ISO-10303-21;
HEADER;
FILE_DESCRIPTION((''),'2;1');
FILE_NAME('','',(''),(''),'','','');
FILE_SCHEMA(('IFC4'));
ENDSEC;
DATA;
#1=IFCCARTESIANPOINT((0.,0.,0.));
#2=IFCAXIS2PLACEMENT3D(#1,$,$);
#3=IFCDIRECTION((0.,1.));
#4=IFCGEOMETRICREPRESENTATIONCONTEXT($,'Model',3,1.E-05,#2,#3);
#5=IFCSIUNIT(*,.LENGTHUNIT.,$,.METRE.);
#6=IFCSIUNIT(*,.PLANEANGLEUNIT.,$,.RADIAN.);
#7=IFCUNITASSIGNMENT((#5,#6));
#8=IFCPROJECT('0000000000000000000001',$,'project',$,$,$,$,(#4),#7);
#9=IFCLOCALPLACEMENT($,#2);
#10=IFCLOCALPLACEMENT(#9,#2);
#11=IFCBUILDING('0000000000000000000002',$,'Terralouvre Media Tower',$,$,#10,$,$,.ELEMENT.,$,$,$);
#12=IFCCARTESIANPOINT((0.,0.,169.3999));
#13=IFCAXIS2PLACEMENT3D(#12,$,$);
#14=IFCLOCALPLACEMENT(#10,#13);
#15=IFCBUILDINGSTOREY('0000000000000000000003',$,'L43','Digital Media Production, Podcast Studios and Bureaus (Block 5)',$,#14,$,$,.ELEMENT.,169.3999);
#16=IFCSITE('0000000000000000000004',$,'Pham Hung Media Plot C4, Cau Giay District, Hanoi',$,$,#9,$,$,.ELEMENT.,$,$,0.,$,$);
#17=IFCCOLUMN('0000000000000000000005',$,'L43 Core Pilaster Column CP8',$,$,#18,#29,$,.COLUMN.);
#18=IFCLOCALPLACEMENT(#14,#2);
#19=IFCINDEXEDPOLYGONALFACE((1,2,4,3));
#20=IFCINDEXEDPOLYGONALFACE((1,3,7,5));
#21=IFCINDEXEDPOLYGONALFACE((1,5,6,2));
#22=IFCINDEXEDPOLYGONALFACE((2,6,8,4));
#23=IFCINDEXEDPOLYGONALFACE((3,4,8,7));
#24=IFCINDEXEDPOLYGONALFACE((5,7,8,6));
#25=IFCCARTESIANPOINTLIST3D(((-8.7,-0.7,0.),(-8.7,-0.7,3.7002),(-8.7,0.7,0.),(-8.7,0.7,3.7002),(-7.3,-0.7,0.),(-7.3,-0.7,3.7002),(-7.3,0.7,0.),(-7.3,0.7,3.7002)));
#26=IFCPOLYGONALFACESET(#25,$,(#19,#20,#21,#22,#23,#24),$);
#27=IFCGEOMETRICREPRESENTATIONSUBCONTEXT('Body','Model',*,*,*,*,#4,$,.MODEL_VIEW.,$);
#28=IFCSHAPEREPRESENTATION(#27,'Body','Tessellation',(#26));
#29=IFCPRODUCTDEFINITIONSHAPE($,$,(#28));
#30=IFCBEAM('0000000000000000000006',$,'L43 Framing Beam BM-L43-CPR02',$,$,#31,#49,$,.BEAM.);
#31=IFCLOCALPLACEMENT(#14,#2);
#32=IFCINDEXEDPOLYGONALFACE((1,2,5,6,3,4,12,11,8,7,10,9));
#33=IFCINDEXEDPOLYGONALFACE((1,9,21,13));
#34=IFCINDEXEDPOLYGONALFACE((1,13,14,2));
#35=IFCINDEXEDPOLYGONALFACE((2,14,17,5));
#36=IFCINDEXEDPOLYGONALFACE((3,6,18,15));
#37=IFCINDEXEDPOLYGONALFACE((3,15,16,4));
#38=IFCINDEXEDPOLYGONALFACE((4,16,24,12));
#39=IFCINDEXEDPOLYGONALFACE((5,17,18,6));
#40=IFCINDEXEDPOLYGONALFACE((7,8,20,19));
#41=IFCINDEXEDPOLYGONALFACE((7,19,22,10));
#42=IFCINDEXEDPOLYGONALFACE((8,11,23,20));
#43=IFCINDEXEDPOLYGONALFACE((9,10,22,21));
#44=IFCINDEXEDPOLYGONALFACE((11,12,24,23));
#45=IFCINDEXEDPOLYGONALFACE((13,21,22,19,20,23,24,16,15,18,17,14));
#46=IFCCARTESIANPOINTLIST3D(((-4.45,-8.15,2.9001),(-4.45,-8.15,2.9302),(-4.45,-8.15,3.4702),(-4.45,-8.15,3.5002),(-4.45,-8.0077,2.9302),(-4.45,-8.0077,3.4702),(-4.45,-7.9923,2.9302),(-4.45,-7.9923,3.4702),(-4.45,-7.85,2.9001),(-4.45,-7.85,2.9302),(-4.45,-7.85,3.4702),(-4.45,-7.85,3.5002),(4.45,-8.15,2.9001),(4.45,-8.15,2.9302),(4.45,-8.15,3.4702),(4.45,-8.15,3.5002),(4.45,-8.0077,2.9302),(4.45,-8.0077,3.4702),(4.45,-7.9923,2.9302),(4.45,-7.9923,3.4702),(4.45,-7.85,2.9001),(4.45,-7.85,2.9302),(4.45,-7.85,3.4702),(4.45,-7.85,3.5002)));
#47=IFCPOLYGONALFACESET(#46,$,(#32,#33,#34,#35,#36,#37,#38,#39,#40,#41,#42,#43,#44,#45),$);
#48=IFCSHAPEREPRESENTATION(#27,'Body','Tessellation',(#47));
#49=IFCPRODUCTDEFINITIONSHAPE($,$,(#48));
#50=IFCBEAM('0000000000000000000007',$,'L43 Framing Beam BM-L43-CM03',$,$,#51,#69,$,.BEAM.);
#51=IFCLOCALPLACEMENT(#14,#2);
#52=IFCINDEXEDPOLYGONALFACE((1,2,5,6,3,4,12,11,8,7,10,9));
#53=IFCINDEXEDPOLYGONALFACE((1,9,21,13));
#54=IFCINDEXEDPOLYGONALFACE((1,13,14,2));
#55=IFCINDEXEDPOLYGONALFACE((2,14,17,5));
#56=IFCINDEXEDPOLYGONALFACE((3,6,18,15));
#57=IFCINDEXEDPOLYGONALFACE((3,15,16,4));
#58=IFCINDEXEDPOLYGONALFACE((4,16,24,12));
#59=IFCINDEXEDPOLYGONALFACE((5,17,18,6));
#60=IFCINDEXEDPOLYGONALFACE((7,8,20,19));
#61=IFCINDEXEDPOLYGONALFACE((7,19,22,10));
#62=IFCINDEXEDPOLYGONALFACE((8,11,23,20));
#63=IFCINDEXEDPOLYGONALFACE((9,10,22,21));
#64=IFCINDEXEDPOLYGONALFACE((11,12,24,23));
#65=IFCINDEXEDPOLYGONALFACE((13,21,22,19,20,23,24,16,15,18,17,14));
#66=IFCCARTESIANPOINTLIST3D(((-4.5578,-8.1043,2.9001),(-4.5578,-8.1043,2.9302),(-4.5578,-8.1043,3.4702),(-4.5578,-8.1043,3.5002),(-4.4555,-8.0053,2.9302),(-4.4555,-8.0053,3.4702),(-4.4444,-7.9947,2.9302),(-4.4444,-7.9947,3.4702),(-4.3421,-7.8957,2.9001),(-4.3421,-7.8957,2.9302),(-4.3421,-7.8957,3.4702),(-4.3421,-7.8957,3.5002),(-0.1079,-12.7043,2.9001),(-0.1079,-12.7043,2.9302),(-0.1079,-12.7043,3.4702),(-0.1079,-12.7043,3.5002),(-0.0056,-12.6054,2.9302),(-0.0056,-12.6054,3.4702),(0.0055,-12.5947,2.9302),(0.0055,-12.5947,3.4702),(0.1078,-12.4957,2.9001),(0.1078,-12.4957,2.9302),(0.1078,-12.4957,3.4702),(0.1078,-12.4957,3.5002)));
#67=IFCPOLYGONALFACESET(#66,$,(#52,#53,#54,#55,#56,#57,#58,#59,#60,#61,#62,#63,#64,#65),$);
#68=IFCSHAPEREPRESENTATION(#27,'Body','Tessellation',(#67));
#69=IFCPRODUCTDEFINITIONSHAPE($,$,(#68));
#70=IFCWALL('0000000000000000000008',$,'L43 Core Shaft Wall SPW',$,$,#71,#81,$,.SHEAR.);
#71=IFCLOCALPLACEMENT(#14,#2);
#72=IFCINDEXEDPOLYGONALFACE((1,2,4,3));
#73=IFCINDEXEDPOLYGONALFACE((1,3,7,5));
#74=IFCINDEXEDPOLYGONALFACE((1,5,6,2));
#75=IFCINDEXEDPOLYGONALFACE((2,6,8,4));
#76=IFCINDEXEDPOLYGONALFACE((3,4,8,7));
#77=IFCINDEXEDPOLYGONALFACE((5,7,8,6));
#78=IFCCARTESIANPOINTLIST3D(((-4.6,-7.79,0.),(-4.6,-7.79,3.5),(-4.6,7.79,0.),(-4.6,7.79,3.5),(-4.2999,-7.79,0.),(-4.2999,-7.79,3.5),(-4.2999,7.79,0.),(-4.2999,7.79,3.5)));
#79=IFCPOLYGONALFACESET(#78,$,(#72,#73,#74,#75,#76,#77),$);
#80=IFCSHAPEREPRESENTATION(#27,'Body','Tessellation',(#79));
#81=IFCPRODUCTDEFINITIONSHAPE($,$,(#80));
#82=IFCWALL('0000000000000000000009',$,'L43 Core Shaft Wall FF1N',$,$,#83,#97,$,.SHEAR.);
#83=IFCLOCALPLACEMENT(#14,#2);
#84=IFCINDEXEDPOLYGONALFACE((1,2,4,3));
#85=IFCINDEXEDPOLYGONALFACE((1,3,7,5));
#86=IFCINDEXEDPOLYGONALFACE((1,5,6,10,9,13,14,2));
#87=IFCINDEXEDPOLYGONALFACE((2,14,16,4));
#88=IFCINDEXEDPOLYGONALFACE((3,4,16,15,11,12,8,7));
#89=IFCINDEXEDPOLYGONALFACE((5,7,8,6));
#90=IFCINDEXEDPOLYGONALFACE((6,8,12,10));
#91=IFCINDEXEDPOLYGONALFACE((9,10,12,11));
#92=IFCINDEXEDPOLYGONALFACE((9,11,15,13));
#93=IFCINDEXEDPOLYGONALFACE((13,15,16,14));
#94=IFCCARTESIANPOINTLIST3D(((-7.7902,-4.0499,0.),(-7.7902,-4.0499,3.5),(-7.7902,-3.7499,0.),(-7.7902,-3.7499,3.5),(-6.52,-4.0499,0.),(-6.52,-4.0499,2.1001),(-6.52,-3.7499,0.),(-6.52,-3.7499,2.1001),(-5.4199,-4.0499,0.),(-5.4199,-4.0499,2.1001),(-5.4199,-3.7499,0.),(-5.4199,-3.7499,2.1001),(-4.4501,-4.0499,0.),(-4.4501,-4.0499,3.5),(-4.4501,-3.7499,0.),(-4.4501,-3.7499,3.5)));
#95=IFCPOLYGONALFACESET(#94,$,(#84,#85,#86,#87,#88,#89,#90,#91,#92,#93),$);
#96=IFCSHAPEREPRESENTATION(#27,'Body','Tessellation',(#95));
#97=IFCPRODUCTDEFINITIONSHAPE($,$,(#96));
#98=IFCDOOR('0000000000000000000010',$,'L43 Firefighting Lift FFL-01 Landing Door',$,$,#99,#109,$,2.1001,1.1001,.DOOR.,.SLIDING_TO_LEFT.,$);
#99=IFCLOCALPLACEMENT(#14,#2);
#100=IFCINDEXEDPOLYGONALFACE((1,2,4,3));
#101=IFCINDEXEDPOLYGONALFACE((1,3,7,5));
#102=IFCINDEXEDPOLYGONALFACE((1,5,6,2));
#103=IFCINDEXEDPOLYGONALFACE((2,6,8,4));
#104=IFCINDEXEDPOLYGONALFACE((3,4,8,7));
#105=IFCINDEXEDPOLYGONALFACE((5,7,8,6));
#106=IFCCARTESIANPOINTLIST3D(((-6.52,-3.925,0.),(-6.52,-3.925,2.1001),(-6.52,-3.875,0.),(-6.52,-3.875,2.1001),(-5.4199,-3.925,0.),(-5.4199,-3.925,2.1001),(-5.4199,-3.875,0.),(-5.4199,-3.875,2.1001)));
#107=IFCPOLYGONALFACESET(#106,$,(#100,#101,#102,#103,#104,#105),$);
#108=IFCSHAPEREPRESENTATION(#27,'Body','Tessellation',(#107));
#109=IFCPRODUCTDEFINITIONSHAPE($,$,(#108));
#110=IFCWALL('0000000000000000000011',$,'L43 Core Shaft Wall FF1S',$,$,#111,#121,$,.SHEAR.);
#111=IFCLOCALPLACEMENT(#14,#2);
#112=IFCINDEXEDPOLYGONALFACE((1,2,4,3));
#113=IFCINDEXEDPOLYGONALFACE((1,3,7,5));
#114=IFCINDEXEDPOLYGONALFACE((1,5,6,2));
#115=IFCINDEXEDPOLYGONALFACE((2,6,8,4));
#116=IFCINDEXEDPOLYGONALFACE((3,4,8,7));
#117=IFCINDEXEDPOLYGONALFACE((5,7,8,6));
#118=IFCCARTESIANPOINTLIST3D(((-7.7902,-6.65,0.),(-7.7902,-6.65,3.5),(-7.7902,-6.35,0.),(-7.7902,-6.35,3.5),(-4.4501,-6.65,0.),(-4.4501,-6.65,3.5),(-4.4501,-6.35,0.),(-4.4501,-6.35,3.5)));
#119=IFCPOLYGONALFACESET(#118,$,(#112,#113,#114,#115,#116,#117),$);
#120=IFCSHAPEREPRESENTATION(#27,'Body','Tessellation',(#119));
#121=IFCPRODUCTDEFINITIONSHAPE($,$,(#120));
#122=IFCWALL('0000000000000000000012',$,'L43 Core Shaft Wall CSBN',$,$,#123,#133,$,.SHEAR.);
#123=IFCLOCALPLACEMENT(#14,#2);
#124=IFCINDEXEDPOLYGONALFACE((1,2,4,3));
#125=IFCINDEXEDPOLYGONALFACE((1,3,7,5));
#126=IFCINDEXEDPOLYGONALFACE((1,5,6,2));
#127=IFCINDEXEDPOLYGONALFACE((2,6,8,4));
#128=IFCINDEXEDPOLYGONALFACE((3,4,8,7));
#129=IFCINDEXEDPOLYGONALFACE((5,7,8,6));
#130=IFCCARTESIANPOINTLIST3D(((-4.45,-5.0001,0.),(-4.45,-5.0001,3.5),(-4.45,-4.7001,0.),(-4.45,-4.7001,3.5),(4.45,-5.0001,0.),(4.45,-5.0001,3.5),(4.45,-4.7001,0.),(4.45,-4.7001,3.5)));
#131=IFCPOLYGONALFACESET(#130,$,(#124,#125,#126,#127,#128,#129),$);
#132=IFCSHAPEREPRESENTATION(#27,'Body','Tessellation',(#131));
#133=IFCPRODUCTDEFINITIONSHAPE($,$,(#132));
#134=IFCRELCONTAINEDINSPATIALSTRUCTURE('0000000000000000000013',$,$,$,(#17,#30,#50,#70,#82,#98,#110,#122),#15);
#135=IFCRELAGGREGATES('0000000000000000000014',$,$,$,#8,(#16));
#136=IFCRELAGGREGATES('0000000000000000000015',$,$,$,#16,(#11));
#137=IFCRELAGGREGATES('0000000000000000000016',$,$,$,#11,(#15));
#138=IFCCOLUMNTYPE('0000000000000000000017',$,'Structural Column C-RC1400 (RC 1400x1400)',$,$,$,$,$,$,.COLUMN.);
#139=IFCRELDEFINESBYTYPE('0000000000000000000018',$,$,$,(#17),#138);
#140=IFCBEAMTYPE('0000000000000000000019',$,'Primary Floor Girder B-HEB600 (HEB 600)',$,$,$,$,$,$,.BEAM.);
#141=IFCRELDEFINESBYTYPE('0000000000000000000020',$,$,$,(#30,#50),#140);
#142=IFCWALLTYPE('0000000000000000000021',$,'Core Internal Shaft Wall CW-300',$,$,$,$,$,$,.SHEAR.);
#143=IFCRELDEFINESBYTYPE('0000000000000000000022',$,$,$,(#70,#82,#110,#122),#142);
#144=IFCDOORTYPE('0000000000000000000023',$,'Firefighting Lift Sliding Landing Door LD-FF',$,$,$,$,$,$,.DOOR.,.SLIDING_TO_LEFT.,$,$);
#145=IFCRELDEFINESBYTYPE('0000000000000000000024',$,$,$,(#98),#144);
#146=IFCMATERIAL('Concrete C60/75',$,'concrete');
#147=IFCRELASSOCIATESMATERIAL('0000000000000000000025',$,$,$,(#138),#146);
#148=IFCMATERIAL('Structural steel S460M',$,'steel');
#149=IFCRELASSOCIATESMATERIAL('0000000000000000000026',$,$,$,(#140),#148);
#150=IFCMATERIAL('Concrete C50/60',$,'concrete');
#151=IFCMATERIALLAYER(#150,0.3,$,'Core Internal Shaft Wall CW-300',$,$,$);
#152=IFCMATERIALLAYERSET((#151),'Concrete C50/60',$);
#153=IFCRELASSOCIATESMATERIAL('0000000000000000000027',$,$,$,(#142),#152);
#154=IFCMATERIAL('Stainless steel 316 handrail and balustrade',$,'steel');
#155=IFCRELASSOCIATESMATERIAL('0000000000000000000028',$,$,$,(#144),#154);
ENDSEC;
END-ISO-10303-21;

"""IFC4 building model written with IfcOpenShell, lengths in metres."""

from ifc_helpers import new_model, si_unit, direction, frame, frame_2d, origin, origin_2d, place, context, subcontext, project, spatial, rectangle, i_section, extrude, material, layer, layer_set, material_profile, profile_set, type_object, element, fill, save


model = new_model("IFC4")

# Units and contexts
model_context = context("Model", 3, precision=1e-05, world=origin(), true_north=direction((0.0, 1.0)))
body_context = subcontext(model_context, "Body", "Model", "MODEL_VIEW")
ifc_project = project(units=[si_unit("LENGTHUNIT", "METRE"), si_unit("PLANEANGLEUNIT", "RADIAN")], contexts=[model_context])

# Site, building, storey
site_placement = place(None, origin())
site = spatial("IfcSite", under=ifc_project, at=site_placement, Name="Pham Hung Media Plot C4, Cau Giay District, Hanoi", CompositionType="ELEMENT", RefElevation=0.0)
building_placement = place(site_placement, origin())
building = spatial("IfcBuilding", under=site, at=building_placement, Name="Terralouvre Media Tower", CompositionType="ELEMENT")
storey_placement = place(building_placement, frame((0.0, 0.0, 169.3999)))
storey = spatial("IfcBuildingStorey", under=building, at=storey_placement, Name="L43", Description="Digital Media Production, Podcast Studios and Bureaus (Block 5)", CompositionType="ELEMENT", Elevation=169.3999)

# Column
ifc_material_1 = material(Name="Concrete C60/75", Category="concrete")
ifc_material_profile_1 = material_profile(ifc_material_1, rectangle(XDim=1.3999, YDim=1.3999, at=origin_2d()), Name="RC 1400x1400")
ifc_profile_set_1 = profile_set([ifc_material_profile_1], Name="Concrete C60/75")
column_type = type_object("IfcColumnType", Name="Structural Column C-RC1400 (RC 1400x1400)", PredefinedType="COLUMN", material=ifc_profile_set_1)
column_placement = place(storey_placement, frame((-8.0, 0.0, 0.0), z_axis=(0.0, 0.0, 1.0), x_axis=(1.0, 0.0, 0.0)))
element("IfcColumn", 1, at=column_placement, inside=storey, type_object=column_type, Name="L43 Core Pilaster Column CP8", PredefinedType="COLUMN", context=body_context, shape_type="SweptSolid", body=[
    extrude(rectangle(XDim=1.3999, YDim=1.3999, at=origin_2d()), origin(), (0.0, 0.0, 1.0), 3.7002),
])

# Beams
ifc_material_2 = material(Name="Structural steel S460M", Category="steel")
ifc_material_profile_2 = material_profile(ifc_material_2, i_section(OverallWidth=0.3, OverallDepth=0.6001, WebThickness=0.0154, FlangeThickness=0.03, at=origin_2d()), Name="HEB 600")
ifc_profile_set_2 = profile_set([ifc_material_profile_2], Name="Structural steel S460M")
beam_type = type_object("IfcBeamType", Name="Primary Floor Girder B-HEB600 (HEB 600)", PredefinedType="BEAM", material=ifc_profile_set_2)
beam_1_placement = place(storey_placement, frame((-4.45, -8.0, 3.2002), z_axis=(1.0, 0.0, 0.0), x_axis=(0.0, 1.0, 0.0)))
element("IfcBeam", 2, at=beam_1_placement, inside=storey, type_object=beam_type, Name="L43 Framing Beam BM-L43-CPR02", PredefinedType="BEAM", context=body_context, shape_type="SweptSolid", body=[
    extrude(i_section(OverallWidth=0.3, OverallDepth=0.6001, WebThickness=0.0154, FlangeThickness=0.03, at=origin_2d()), origin(), (0.0, 0.0, 1.0), 8.8999),
])
beam_2_placement = place(storey_placement, frame((-4.45, -8.0, 3.2002), z_axis=(0.69528, -0.718739, 0.0), x_axis=(0.718739, 0.69528, 0.0)))
element("IfcBeam", 3, at=beam_2_placement, inside=storey, type_object=beam_type, Name="L43 Framing Beam BM-L43-CM03", PredefinedType="BEAM", context=body_context, shape_type="SweptSolid", body=[
    extrude(i_section(OverallWidth=0.3, OverallDepth=0.6001, WebThickness=0.0154, FlangeThickness=0.03, at=origin_2d()), origin(), (0.0, 0.0, 1.0), 6.4001),
])

# Wall
ifc_material_3 = material(Name="Concrete C50/60", Category="concrete")
ifc_layer_1 = layer(ifc_material_3, 0.3, Name="Core Internal Shaft Wall CW-300")
ifc_layer_set_1 = layer_set([ifc_layer_1], Name="Concrete C50/60")
wall_type_1 = type_object("IfcWallType", Name="Core Internal Shaft Wall CW-300", PredefinedType="SHEAR", material=ifc_layer_set_1)
wall_1_placement = place(storey_placement, frame((-4.45, -7.79, 0.0), z_axis=(0.0, 0.0, 1.0), x_axis=(0.0, 1.0, 0.0)))
element("IfcWall", 4, at=wall_1_placement, inside=storey, type_object=wall_type_1, Name="L43 Core Shaft Wall SPW", PredefinedType="SHEAR", context=body_context, shape_type="SweptSolid", body=[
    extrude(rectangle(XDim=15.5801, YDim=0.3, at=frame_2d((7.79, 0.0))), origin(), (0.0, 0.0, 1.0), 3.5),
])

# Wall, opening, door
wall_2_placement = place(storey_placement, frame((-7.79, -3.8999, 0.0), z_axis=(0.0, 0.0, 1.0), x_axis=(1.0, 0.0, 0.0)))
wall_2 = element("IfcWall", 5, at=wall_2_placement, inside=storey, type_object=wall_type_1, Name="L43 Core Shaft Wall FF1N", PredefinedType="SHEAR", context=body_context, shape_type="SweptSolid", body=[
    extrude(rectangle(XDim=3.3401, YDim=0.3, at=frame_2d((1.6699, 0.0))), origin(), (0.0, 0.0, 1.0), 3.5),
])
opening_1_placement = place(wall_2_placement, frame((1.27, 0.0, 0.0)))
opening_1 = element("IfcOpeningElement", 6, at=opening_1_placement, cuts=wall_2, PredefinedType="OPENING", context=body_context, shape_type="SweptSolid", body=[
    extrude(rectangle(XDim=1.1001, YDim=2.1001, at=frame_2d((0.55, 1.05))), frame((0.0, 0.1599, 0.0), z_axis=(0.0, -1.0, 0.0), x_axis=(1.0, 0.0, 0.0)), (0.0, 0.0, 1.0), 0.3201),
])
ifc_material_4 = material(Name="Stainless steel 316 handrail and balustrade", Category="steel")
door_type_1 = type_object("IfcDoorType", Name="Firefighting Lift Sliding Landing Door LD-FF", OperationType="SLIDING_TO_LEFT", PredefinedType="DOOR", material=ifc_material_4)
door_1_placement = place(opening_1_placement, origin())
door_1 = element("IfcDoor", 7, at=door_1_placement, inside=storey, type_object=door_type_1, Name="L43 Firefighting Lift FFL-01 Landing Door", OperationType="SLIDING_TO_LEFT", OverallHeight=2.1001, OverallWidth=1.1001, PredefinedType="DOOR", context=body_context, shape_type="SweptSolid", body=[
    extrude(rectangle(XDim=1.1001, YDim=2.1001, at=frame_2d((0.55, 1.05))), frame((0.0, 0.0249, 0.0), z_axis=(0.0, -1.0, 0.0), x_axis=(1.0, 0.0, 0.0)), (0.0, 0.0, 1.0), 0.05),
])
fill(opening_1, door_1)

# Walls
wall_3_placement = place(storey_placement, frame((-7.79, -6.5, 0.0), z_axis=(0.0, 0.0, 1.0), x_axis=(1.0, 0.0, 0.0)))
element("IfcWall", 8, at=wall_3_placement, inside=storey, type_object=wall_type_1, Name="L43 Core Shaft Wall FF1S", PredefinedType="SHEAR", context=body_context, shape_type="SweptSolid", body=[
    extrude(rectangle(XDim=3.3401, YDim=0.3, at=frame_2d((1.6699, 0.0))), origin(), (0.0, 0.0, 1.0), 3.5),
])
wall_4_placement = place(storey_placement, frame((-4.45, -4.8501, 0.0), z_axis=(0.0, 0.0, 1.0), x_axis=(1.0, 0.0, 0.0)))
element("IfcWall", 9, at=wall_4_placement, inside=storey, type_object=wall_type_1, Name="L43 Core Shaft Wall CSBN", PredefinedType="SHEAR", context=body_context, shape_type="SweptSolid", body=[
    extrude(rectangle(XDim=8.8999, YDim=0.3, at=frame_2d((4.45, 0.0))), origin(), (0.0, 0.0, 1.0), 3.5),
])

save(model, "model.ifc")
